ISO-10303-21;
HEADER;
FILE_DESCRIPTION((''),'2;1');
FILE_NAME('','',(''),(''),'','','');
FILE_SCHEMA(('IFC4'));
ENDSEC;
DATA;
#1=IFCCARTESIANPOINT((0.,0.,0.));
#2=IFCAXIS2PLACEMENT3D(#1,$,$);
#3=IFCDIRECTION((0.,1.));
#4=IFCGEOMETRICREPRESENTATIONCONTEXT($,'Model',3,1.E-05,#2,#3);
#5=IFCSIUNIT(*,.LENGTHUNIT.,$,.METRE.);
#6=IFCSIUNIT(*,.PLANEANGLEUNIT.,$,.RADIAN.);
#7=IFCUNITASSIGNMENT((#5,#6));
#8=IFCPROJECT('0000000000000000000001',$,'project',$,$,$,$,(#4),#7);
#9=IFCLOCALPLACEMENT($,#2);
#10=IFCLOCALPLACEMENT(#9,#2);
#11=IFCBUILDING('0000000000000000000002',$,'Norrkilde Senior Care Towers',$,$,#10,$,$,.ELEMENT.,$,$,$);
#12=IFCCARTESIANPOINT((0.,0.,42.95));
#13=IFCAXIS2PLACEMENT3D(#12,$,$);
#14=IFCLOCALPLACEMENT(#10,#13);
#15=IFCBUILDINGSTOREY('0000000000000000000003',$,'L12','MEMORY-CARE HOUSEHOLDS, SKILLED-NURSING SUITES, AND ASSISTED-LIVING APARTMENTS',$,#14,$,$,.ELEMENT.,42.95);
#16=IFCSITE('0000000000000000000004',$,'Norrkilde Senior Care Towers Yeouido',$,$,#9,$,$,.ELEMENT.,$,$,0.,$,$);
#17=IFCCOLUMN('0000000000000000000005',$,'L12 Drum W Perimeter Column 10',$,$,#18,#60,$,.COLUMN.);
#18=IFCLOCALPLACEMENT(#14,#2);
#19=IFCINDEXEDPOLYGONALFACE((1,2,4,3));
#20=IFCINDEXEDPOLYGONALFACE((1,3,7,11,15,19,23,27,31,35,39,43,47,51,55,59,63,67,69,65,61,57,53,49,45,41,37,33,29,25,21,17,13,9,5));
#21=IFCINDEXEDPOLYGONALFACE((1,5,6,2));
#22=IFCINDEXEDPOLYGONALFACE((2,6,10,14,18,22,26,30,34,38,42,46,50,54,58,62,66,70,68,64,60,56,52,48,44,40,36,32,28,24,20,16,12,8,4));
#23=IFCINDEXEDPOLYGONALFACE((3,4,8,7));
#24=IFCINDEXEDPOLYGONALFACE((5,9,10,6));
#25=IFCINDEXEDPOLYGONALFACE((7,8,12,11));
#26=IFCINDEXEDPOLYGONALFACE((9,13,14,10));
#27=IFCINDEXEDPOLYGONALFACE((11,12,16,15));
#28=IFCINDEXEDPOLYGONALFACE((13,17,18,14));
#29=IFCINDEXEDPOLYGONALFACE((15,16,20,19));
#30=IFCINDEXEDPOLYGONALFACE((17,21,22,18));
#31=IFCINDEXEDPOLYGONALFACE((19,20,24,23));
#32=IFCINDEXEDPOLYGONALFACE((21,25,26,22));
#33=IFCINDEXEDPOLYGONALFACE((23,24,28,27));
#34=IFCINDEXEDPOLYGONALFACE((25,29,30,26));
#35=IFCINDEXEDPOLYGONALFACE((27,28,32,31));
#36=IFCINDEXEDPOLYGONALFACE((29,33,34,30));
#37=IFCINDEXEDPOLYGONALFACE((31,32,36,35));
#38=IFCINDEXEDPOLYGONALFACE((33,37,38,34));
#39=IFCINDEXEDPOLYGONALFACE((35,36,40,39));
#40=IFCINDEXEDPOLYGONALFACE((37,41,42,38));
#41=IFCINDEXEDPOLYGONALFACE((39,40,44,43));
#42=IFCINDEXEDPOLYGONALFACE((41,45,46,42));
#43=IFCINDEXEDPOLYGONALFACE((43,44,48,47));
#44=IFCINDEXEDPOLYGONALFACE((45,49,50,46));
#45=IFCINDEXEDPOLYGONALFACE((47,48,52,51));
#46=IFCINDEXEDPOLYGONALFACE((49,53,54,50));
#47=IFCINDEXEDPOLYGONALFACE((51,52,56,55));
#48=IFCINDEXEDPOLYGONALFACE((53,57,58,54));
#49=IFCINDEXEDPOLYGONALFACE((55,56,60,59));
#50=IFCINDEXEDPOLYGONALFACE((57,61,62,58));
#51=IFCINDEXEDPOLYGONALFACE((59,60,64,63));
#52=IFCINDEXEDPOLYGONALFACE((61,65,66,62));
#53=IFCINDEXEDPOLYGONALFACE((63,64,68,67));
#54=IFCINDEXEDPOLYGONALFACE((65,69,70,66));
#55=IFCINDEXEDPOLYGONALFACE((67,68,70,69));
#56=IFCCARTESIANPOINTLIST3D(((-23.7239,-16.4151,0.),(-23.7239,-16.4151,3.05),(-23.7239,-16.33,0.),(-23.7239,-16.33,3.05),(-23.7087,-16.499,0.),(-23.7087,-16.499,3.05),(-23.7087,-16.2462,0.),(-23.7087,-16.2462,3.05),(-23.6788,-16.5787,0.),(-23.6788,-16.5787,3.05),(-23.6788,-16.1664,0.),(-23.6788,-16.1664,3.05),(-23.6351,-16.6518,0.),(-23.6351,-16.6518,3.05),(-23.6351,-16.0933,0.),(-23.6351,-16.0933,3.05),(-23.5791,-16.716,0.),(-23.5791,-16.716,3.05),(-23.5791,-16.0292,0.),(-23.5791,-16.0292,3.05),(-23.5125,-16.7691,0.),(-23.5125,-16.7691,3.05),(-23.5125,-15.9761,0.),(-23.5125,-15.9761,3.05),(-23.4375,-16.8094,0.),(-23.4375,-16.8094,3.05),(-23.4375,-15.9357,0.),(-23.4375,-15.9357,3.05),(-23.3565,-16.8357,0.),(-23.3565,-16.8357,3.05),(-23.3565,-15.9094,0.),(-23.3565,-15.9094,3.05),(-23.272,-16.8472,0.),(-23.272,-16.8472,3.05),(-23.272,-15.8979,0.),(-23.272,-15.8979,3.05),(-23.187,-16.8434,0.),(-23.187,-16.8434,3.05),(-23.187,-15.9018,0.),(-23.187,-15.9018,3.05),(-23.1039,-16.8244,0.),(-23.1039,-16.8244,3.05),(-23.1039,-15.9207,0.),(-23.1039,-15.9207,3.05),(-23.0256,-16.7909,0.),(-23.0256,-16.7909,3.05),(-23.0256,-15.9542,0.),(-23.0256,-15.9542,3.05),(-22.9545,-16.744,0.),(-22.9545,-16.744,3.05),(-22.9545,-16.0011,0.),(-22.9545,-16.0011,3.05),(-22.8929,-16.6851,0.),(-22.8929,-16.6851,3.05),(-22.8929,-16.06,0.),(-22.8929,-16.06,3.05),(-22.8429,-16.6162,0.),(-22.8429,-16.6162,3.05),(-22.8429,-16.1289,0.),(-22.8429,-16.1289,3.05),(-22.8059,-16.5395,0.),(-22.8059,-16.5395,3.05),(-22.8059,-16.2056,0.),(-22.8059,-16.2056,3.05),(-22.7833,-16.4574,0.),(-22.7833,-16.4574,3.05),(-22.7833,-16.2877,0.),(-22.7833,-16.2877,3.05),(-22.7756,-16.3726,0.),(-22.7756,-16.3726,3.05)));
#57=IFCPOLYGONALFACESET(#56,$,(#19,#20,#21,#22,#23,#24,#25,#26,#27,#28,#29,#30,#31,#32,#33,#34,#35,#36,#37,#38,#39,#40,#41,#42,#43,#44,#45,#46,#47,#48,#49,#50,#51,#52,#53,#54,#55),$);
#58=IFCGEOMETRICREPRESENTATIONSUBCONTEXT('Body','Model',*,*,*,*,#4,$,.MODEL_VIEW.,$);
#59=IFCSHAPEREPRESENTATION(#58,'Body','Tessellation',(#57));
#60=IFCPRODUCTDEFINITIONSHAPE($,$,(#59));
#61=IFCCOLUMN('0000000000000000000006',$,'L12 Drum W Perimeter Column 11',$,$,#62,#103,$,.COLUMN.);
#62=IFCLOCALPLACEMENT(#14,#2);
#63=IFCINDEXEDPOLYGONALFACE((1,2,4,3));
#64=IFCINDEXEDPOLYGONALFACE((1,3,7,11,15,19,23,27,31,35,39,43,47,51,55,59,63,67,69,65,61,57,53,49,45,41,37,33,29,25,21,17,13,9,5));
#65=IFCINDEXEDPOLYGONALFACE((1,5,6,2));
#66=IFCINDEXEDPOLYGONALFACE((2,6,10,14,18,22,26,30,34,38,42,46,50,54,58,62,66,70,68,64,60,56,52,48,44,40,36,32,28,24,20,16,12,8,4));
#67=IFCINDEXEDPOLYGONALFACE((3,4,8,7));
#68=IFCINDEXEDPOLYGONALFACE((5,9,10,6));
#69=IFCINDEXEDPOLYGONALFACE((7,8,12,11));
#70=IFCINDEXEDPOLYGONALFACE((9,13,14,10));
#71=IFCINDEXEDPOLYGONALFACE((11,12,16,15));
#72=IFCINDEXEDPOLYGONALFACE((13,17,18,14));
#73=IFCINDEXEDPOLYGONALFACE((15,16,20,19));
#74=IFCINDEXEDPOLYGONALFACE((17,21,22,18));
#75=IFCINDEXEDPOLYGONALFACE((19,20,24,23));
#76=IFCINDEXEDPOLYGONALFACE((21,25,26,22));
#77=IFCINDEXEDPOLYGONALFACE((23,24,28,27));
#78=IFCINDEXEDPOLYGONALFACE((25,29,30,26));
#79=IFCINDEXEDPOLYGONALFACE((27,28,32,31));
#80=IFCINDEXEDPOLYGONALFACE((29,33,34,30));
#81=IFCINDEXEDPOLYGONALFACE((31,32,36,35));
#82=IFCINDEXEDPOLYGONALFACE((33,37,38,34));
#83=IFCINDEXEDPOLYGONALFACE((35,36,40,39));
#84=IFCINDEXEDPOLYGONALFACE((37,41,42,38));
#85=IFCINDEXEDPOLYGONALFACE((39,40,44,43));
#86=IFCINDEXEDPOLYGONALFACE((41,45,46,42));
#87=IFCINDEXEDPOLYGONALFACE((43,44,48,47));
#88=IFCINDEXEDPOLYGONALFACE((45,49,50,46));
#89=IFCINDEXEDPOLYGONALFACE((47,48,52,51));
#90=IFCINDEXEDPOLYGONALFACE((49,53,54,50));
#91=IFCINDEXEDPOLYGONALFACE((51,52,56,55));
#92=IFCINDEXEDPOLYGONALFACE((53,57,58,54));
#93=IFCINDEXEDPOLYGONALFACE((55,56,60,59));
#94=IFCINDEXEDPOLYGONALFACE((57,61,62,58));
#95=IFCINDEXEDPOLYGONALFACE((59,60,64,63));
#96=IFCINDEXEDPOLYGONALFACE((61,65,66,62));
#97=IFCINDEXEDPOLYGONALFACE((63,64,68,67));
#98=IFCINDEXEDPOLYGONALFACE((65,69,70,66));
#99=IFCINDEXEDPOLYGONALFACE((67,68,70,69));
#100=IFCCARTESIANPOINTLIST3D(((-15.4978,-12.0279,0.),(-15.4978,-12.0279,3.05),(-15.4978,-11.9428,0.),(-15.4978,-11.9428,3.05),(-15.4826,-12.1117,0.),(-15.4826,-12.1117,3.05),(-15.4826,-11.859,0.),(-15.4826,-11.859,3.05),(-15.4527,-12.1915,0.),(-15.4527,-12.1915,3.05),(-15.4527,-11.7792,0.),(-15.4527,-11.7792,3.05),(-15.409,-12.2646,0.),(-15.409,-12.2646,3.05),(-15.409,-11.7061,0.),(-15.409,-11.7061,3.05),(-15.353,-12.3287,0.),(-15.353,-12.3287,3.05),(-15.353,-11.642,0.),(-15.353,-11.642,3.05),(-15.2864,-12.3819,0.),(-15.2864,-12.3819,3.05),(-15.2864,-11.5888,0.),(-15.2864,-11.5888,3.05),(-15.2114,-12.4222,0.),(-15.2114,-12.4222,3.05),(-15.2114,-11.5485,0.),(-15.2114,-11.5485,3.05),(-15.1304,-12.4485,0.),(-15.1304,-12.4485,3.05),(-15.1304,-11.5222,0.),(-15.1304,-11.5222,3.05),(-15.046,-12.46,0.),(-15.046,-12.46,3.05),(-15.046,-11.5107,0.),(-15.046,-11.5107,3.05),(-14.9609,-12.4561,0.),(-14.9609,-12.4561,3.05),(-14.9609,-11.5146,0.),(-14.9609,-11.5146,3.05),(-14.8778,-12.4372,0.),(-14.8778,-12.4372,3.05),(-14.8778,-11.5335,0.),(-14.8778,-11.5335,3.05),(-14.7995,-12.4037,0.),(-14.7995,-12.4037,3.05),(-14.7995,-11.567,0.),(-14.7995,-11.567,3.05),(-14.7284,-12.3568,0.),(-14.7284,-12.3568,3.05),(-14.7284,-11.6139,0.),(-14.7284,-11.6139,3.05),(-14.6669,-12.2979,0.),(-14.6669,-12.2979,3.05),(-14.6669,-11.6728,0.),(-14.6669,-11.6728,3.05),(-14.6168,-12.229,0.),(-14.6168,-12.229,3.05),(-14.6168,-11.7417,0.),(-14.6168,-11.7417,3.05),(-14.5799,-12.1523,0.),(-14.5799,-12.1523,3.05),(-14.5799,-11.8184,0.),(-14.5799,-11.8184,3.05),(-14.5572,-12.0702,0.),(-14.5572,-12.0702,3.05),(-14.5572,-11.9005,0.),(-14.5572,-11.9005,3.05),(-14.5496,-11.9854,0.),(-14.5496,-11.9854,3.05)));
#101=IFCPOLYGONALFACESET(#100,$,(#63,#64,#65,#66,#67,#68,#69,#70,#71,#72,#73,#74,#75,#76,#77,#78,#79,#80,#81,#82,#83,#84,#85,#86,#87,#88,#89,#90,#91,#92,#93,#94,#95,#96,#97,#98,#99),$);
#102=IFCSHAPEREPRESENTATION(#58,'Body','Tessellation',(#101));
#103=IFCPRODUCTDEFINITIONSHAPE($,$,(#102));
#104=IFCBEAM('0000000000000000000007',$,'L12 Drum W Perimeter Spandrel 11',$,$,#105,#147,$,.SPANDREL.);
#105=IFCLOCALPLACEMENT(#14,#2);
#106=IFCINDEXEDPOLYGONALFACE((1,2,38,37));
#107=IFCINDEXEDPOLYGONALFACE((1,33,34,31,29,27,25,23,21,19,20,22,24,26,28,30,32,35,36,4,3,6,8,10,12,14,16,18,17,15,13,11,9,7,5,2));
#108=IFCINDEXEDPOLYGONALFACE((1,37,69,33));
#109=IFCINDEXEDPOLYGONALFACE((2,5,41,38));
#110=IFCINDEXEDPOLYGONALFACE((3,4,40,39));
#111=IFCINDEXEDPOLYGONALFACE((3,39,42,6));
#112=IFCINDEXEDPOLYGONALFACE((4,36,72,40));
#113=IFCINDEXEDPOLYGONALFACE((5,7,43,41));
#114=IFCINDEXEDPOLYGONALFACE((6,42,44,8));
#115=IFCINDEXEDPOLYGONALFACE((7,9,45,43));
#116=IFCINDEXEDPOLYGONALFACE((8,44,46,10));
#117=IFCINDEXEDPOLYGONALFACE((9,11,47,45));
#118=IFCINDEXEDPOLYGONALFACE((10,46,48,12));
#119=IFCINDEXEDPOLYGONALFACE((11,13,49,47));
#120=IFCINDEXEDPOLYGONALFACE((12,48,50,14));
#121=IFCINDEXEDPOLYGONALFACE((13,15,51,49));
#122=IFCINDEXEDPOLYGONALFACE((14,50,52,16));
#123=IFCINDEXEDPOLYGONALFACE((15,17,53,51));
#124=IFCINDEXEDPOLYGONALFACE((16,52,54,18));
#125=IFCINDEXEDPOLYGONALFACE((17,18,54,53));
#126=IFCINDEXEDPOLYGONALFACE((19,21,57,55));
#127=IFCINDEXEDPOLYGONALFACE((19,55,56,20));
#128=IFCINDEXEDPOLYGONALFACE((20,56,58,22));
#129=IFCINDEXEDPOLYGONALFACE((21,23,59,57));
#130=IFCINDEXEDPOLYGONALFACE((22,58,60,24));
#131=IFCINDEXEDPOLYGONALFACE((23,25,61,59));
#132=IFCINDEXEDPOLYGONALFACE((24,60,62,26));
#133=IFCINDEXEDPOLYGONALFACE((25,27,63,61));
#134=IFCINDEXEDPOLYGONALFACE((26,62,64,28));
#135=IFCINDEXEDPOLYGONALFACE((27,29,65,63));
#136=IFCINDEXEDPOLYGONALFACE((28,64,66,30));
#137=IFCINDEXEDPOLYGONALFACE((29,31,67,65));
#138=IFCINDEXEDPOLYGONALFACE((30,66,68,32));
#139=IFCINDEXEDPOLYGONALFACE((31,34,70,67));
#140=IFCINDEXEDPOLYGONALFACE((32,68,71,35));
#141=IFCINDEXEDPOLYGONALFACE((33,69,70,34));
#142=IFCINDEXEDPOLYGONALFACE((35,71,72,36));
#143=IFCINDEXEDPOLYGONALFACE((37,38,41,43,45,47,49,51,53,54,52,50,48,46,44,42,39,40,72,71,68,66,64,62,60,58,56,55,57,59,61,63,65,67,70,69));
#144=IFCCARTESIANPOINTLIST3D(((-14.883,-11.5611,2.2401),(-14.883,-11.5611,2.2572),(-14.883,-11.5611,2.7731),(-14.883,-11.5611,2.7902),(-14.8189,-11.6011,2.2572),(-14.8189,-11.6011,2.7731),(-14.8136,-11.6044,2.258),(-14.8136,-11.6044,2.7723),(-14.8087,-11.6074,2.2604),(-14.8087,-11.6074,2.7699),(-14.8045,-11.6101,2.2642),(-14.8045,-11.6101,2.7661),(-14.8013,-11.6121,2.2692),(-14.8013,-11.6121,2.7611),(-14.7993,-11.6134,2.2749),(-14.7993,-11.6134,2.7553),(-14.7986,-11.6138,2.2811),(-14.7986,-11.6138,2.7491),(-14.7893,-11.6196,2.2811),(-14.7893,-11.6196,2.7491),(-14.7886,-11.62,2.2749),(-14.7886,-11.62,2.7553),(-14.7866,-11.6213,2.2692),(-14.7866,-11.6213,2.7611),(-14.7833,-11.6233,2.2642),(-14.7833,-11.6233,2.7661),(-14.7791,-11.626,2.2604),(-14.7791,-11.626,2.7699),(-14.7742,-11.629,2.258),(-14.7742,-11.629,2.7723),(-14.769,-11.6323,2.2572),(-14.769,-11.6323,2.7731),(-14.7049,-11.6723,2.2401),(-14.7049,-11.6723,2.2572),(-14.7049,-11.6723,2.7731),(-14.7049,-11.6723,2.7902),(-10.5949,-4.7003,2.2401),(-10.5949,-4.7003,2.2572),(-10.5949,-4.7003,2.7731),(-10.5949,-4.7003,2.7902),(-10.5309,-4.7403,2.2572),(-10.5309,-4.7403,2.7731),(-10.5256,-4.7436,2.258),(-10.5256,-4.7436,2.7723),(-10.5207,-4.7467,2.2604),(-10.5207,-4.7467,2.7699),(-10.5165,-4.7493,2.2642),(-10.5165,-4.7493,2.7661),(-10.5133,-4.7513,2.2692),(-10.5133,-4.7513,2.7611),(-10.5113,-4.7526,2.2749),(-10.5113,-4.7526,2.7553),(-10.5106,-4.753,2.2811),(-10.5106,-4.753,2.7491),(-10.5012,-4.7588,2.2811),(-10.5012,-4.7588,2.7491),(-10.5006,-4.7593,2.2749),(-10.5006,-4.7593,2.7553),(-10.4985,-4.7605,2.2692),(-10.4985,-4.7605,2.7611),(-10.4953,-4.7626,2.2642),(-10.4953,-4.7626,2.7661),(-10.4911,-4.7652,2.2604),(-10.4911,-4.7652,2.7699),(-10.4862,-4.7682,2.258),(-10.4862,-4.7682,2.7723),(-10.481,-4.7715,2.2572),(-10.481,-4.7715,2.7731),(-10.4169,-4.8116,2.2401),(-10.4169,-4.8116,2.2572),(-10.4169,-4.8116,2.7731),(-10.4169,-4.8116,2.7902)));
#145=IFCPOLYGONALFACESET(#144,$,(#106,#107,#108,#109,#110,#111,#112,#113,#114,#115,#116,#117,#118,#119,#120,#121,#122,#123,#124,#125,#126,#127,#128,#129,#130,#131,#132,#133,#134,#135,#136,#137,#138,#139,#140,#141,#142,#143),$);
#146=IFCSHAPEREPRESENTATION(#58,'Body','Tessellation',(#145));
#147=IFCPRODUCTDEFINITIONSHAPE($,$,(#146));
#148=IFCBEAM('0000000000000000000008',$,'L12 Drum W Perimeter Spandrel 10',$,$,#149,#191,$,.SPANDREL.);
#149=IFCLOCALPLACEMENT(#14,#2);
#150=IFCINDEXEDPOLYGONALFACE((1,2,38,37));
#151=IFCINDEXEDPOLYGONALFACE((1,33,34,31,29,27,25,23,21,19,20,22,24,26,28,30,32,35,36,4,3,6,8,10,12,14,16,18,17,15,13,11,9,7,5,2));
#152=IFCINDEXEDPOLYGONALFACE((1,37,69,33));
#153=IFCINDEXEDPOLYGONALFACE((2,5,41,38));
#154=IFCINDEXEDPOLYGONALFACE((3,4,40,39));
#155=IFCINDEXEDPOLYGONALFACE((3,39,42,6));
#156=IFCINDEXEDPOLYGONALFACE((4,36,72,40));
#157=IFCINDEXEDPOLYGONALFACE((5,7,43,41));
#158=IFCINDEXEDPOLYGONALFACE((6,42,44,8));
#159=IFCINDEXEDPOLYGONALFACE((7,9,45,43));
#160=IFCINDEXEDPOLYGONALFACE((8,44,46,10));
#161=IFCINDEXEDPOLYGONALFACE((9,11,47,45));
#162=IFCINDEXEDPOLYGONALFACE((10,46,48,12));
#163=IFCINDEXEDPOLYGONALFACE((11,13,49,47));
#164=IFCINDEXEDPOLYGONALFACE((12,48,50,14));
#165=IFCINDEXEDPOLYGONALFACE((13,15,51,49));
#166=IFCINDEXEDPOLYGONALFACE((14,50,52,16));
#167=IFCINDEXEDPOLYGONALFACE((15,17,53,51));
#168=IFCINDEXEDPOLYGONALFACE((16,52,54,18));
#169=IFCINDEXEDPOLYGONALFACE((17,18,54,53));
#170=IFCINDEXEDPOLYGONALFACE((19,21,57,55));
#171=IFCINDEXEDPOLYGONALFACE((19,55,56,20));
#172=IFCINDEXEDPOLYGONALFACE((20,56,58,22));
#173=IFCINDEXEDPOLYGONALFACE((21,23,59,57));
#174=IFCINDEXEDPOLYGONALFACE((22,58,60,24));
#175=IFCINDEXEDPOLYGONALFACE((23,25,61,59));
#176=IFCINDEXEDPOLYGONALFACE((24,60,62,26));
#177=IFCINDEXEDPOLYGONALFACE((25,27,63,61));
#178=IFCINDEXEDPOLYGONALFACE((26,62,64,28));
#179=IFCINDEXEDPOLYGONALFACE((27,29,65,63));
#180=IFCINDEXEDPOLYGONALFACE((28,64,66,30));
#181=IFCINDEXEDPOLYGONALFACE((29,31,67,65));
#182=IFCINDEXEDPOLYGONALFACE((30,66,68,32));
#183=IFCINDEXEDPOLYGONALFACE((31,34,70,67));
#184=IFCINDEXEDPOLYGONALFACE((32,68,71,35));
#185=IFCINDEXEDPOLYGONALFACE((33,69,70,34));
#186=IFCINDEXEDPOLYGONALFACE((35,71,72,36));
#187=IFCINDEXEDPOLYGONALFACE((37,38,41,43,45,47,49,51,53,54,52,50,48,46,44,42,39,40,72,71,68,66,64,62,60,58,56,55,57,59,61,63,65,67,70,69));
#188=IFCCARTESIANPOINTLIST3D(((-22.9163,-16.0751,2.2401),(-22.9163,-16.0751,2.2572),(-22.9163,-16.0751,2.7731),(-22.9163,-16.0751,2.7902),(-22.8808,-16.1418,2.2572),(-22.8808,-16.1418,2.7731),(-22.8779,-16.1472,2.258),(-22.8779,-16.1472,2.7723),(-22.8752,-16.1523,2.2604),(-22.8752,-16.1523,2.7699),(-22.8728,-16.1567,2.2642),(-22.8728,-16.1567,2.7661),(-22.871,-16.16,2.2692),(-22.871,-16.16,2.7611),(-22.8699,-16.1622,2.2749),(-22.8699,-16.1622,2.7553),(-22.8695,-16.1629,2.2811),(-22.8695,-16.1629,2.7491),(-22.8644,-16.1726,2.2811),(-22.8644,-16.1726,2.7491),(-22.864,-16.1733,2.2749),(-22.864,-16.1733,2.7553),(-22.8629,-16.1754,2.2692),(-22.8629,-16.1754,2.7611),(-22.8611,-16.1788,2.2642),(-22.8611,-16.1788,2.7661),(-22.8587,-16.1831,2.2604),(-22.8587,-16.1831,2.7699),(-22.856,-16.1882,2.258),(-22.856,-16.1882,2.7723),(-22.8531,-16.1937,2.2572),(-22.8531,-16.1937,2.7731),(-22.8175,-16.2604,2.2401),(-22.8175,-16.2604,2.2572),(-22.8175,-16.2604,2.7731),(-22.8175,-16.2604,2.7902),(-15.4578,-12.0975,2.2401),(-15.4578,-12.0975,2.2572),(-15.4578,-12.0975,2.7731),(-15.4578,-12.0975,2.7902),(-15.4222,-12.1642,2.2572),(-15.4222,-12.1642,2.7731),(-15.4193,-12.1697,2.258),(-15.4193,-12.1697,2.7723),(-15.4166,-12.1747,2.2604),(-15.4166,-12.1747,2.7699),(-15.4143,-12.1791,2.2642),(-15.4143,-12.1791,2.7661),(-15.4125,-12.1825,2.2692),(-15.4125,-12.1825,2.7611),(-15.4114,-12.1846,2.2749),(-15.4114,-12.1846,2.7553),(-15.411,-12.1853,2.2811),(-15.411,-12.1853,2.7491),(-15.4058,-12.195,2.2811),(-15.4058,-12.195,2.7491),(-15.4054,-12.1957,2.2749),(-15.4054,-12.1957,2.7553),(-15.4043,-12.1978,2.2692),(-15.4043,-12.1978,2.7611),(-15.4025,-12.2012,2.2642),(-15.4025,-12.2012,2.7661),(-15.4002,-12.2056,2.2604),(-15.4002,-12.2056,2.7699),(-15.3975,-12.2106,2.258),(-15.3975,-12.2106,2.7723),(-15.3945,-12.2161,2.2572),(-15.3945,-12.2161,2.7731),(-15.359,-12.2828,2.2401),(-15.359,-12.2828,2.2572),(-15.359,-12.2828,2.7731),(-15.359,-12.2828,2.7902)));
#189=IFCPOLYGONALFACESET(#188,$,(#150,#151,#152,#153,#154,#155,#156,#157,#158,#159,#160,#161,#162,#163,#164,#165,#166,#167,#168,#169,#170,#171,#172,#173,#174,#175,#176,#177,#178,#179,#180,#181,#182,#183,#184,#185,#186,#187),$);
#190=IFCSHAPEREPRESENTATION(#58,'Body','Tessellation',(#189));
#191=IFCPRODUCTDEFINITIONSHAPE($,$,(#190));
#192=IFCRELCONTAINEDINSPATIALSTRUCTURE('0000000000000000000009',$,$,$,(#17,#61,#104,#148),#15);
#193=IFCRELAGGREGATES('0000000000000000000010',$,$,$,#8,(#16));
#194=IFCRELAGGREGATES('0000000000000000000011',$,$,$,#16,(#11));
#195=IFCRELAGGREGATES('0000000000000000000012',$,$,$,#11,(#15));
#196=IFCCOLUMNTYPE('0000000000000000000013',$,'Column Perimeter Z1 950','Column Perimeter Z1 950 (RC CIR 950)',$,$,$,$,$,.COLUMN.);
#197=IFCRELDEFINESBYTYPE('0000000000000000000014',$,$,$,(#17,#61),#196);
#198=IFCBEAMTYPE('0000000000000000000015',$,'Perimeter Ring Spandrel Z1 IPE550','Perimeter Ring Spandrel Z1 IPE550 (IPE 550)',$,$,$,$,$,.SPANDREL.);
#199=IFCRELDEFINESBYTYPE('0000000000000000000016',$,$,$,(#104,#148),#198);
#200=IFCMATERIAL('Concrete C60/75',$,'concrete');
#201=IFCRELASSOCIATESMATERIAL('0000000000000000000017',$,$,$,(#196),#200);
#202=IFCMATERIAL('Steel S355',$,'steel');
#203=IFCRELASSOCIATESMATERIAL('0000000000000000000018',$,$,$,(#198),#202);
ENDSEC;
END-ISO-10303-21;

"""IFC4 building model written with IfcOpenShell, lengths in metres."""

from ifc_helpers import new_model, si_unit, direction, frame, origin, origin_2d, place, context, subcontext, project, spatial, circle, i_section, extrude, source, transform, mapped, material, material_profile, profile_set, type_object, type_shapes, element, save


model = new_model("IFC4")

# Units and contexts
model_context = context("Model", 3, precision=1e-05, world=origin(), true_north=direction((0.0, 1.0)))
body_context = subcontext(model_context, "Body", "Model", "MODEL_VIEW")
ifc_project = project(units=[si_unit("LENGTHUNIT", "METRE"), si_unit("PLANEANGLEUNIT", "RADIAN")], contexts=[model_context])

# Site, building, storey
site_placement = place(None, origin())
site = spatial("IfcSite", under=ifc_project, at=site_placement, Name="Norrkilde Senior Care Towers Yeouido", CompositionType="ELEMENT", RefElevation=0.0)
building_placement = place(site_placement, origin())
building = spatial("IfcBuilding", under=site, at=building_placement, Name="Norrkilde Senior Care Towers", CompositionType="ELEMENT")
storey_placement = place(building_placement, frame((0.0, 0.0, 42.95)))
storey = spatial("IfcBuildingStorey", under=building, at=storey_placement, Name="L12", Description="MEMORY-CARE HOUSEHOLDS, SKILLED-NURSING SUITES, AND ASSISTED-LIVING APARTMENTS", CompositionType="ELEMENT", Elevation=42.95)

# Columns
ifc_material_1 = material(Name="Concrete C60/75", Category="concrete")
ifc_material_profile_1 = material_profile(ifc_material_1, circle(Radius=0.4751, at=origin_2d()), Name="RC CIR 950")
ifc_profile_set_1 = profile_set([ifc_material_profile_1], Name="Concrete C60/75")
column_type = type_object("IfcColumnType", Name="Column Perimeter Z1 950", Description="Column Perimeter Z1 950 (RC CIR 950)", PredefinedType="COLUMN", material=ifc_profile_set_1)
shared_shape_1 = source(origin(), body_context, "Body", "SweptSolid", [
    extrude(circle(Radius=0.4751, at=origin_2d()), origin(), (0.0, 0.0, 1.0), 3.05),
])
type_shapes(column_type, [shared_shape_1])
for number, where, z_axis, x_axis, name in (
    (1, (-23.2507, -16.3726, 0.0), (0.0, 0.0, 1.0), (1.0, 0.0, 0.0), "L12 Drum W Perimeter Column 10"),
    (2, (-15.0247, -11.9854, 0.0), (0.0, 0.0, 1.0), (1.0, 0.0, 0.0), "L12 Drum W Perimeter Column 11"),
):
    element("IfcColumn", number, at=place(storey_placement, frame(where, z_axis=z_axis, x_axis=x_axis)), inside=storey, type_object=column_type, Name=name, PredefinedType="COLUMN", context=body_context, shape_type="MappedRepresentation", body=[
        mapped(shared_shape_1, transform((0.0, 0.0, 0.0), x_axis=(1.0, 0.0, 0.0), y_axis=(0.0, 1.0, 0.0), z_axis=(0.0, 0.0, 1.0), scale=1.0)),
    ])

# Beams
ifc_material_2 = material(Name="Steel S355", Category="steel")
ifc_material_profile_2 = material_profile(ifc_material_2, i_section(OverallWidth=0.21, OverallDepth=0.55, WebThickness=0.011, FlangeThickness=0.0171, FilletRadius=0.0239, at=origin_2d()), Name="IPE 550")
ifc_profile_set_2 = profile_set([ifc_material_profile_2], Name="Steel S355")
beam_type = type_object("IfcBeamType", Name="Perimeter Ring Spandrel Z1 IPE550", Description="Perimeter Ring Spandrel Z1 IPE550 (IPE 550)", PredefinedType="SPANDREL", material=ifc_profile_set_2)
shared_shape_2 = source(origin(), body_context, "Body", "SweptSolid", [
    extrude(i_section(OverallWidth=0.21, OverallDepth=0.55, WebThickness=0.011, FlangeThickness=0.0171, FilletRadius=0.0239, at=origin_2d()), origin(), (0.0, 0.0, 1.0), 8.0906),
])
beam_1_placement = place(storey_placement, frame((-14.7939, -11.6167, 2.5151), z_axis=(0.530004, 0.847995, 0.0), x_axis=(-0.847995, 0.530004, 0.0)))
element("IfcBeam", 3, at=beam_1_placement, inside=storey, type_object=beam_type, Name="L12 Drum W Perimeter Spandrel 11", PredefinedType="SPANDREL", context=body_context, shape_type="MappedRepresentation", body=[
    mapped(shared_shape_2, transform((0.0, 0.0, 0.0), x_axis=(1.0, 0.0, 0.0), y_axis=(0.0, 1.0, 0.0), z_axis=(0.0, 0.0, 1.0), scale=1.0)),
])
shared_shape_3 = source(origin(), body_context, "Body", "SweptSolid", [
    extrude(i_section(OverallWidth=0.21, OverallDepth=0.55, WebThickness=0.011, FlangeThickness=0.0171, FilletRadius=0.0239, at=origin_2d()), origin(), (0.0, 0.0, 1.0), 8.4529),
])
type_shapes(beam_type, [shared_shape_2, shared_shape_3])
beam_2_placement = place(storey_placement, frame((-22.8669, -16.1677, 2.5151), z_axis=(0.882369, 0.470558, 0.0), x_axis=(-0.470558, 0.882369, 0.0)))
element("IfcBeam", 4, at=beam_2_placement, inside=storey, type_object=beam_type, Name="L12 Drum W Perimeter Spandrel 10", PredefinedType="SPANDREL", context=body_context, shape_type="MappedRepresentation", body=[
    mapped(shared_shape_3, transform((0.0, 0.0, 0.0), x_axis=(1.0, 0.0, 0.0), y_axis=(0.0, 1.0, 0.0), z_axis=(0.0, 0.0, 1.0), scale=1.0)),
])

save(model, "model.ifc")
